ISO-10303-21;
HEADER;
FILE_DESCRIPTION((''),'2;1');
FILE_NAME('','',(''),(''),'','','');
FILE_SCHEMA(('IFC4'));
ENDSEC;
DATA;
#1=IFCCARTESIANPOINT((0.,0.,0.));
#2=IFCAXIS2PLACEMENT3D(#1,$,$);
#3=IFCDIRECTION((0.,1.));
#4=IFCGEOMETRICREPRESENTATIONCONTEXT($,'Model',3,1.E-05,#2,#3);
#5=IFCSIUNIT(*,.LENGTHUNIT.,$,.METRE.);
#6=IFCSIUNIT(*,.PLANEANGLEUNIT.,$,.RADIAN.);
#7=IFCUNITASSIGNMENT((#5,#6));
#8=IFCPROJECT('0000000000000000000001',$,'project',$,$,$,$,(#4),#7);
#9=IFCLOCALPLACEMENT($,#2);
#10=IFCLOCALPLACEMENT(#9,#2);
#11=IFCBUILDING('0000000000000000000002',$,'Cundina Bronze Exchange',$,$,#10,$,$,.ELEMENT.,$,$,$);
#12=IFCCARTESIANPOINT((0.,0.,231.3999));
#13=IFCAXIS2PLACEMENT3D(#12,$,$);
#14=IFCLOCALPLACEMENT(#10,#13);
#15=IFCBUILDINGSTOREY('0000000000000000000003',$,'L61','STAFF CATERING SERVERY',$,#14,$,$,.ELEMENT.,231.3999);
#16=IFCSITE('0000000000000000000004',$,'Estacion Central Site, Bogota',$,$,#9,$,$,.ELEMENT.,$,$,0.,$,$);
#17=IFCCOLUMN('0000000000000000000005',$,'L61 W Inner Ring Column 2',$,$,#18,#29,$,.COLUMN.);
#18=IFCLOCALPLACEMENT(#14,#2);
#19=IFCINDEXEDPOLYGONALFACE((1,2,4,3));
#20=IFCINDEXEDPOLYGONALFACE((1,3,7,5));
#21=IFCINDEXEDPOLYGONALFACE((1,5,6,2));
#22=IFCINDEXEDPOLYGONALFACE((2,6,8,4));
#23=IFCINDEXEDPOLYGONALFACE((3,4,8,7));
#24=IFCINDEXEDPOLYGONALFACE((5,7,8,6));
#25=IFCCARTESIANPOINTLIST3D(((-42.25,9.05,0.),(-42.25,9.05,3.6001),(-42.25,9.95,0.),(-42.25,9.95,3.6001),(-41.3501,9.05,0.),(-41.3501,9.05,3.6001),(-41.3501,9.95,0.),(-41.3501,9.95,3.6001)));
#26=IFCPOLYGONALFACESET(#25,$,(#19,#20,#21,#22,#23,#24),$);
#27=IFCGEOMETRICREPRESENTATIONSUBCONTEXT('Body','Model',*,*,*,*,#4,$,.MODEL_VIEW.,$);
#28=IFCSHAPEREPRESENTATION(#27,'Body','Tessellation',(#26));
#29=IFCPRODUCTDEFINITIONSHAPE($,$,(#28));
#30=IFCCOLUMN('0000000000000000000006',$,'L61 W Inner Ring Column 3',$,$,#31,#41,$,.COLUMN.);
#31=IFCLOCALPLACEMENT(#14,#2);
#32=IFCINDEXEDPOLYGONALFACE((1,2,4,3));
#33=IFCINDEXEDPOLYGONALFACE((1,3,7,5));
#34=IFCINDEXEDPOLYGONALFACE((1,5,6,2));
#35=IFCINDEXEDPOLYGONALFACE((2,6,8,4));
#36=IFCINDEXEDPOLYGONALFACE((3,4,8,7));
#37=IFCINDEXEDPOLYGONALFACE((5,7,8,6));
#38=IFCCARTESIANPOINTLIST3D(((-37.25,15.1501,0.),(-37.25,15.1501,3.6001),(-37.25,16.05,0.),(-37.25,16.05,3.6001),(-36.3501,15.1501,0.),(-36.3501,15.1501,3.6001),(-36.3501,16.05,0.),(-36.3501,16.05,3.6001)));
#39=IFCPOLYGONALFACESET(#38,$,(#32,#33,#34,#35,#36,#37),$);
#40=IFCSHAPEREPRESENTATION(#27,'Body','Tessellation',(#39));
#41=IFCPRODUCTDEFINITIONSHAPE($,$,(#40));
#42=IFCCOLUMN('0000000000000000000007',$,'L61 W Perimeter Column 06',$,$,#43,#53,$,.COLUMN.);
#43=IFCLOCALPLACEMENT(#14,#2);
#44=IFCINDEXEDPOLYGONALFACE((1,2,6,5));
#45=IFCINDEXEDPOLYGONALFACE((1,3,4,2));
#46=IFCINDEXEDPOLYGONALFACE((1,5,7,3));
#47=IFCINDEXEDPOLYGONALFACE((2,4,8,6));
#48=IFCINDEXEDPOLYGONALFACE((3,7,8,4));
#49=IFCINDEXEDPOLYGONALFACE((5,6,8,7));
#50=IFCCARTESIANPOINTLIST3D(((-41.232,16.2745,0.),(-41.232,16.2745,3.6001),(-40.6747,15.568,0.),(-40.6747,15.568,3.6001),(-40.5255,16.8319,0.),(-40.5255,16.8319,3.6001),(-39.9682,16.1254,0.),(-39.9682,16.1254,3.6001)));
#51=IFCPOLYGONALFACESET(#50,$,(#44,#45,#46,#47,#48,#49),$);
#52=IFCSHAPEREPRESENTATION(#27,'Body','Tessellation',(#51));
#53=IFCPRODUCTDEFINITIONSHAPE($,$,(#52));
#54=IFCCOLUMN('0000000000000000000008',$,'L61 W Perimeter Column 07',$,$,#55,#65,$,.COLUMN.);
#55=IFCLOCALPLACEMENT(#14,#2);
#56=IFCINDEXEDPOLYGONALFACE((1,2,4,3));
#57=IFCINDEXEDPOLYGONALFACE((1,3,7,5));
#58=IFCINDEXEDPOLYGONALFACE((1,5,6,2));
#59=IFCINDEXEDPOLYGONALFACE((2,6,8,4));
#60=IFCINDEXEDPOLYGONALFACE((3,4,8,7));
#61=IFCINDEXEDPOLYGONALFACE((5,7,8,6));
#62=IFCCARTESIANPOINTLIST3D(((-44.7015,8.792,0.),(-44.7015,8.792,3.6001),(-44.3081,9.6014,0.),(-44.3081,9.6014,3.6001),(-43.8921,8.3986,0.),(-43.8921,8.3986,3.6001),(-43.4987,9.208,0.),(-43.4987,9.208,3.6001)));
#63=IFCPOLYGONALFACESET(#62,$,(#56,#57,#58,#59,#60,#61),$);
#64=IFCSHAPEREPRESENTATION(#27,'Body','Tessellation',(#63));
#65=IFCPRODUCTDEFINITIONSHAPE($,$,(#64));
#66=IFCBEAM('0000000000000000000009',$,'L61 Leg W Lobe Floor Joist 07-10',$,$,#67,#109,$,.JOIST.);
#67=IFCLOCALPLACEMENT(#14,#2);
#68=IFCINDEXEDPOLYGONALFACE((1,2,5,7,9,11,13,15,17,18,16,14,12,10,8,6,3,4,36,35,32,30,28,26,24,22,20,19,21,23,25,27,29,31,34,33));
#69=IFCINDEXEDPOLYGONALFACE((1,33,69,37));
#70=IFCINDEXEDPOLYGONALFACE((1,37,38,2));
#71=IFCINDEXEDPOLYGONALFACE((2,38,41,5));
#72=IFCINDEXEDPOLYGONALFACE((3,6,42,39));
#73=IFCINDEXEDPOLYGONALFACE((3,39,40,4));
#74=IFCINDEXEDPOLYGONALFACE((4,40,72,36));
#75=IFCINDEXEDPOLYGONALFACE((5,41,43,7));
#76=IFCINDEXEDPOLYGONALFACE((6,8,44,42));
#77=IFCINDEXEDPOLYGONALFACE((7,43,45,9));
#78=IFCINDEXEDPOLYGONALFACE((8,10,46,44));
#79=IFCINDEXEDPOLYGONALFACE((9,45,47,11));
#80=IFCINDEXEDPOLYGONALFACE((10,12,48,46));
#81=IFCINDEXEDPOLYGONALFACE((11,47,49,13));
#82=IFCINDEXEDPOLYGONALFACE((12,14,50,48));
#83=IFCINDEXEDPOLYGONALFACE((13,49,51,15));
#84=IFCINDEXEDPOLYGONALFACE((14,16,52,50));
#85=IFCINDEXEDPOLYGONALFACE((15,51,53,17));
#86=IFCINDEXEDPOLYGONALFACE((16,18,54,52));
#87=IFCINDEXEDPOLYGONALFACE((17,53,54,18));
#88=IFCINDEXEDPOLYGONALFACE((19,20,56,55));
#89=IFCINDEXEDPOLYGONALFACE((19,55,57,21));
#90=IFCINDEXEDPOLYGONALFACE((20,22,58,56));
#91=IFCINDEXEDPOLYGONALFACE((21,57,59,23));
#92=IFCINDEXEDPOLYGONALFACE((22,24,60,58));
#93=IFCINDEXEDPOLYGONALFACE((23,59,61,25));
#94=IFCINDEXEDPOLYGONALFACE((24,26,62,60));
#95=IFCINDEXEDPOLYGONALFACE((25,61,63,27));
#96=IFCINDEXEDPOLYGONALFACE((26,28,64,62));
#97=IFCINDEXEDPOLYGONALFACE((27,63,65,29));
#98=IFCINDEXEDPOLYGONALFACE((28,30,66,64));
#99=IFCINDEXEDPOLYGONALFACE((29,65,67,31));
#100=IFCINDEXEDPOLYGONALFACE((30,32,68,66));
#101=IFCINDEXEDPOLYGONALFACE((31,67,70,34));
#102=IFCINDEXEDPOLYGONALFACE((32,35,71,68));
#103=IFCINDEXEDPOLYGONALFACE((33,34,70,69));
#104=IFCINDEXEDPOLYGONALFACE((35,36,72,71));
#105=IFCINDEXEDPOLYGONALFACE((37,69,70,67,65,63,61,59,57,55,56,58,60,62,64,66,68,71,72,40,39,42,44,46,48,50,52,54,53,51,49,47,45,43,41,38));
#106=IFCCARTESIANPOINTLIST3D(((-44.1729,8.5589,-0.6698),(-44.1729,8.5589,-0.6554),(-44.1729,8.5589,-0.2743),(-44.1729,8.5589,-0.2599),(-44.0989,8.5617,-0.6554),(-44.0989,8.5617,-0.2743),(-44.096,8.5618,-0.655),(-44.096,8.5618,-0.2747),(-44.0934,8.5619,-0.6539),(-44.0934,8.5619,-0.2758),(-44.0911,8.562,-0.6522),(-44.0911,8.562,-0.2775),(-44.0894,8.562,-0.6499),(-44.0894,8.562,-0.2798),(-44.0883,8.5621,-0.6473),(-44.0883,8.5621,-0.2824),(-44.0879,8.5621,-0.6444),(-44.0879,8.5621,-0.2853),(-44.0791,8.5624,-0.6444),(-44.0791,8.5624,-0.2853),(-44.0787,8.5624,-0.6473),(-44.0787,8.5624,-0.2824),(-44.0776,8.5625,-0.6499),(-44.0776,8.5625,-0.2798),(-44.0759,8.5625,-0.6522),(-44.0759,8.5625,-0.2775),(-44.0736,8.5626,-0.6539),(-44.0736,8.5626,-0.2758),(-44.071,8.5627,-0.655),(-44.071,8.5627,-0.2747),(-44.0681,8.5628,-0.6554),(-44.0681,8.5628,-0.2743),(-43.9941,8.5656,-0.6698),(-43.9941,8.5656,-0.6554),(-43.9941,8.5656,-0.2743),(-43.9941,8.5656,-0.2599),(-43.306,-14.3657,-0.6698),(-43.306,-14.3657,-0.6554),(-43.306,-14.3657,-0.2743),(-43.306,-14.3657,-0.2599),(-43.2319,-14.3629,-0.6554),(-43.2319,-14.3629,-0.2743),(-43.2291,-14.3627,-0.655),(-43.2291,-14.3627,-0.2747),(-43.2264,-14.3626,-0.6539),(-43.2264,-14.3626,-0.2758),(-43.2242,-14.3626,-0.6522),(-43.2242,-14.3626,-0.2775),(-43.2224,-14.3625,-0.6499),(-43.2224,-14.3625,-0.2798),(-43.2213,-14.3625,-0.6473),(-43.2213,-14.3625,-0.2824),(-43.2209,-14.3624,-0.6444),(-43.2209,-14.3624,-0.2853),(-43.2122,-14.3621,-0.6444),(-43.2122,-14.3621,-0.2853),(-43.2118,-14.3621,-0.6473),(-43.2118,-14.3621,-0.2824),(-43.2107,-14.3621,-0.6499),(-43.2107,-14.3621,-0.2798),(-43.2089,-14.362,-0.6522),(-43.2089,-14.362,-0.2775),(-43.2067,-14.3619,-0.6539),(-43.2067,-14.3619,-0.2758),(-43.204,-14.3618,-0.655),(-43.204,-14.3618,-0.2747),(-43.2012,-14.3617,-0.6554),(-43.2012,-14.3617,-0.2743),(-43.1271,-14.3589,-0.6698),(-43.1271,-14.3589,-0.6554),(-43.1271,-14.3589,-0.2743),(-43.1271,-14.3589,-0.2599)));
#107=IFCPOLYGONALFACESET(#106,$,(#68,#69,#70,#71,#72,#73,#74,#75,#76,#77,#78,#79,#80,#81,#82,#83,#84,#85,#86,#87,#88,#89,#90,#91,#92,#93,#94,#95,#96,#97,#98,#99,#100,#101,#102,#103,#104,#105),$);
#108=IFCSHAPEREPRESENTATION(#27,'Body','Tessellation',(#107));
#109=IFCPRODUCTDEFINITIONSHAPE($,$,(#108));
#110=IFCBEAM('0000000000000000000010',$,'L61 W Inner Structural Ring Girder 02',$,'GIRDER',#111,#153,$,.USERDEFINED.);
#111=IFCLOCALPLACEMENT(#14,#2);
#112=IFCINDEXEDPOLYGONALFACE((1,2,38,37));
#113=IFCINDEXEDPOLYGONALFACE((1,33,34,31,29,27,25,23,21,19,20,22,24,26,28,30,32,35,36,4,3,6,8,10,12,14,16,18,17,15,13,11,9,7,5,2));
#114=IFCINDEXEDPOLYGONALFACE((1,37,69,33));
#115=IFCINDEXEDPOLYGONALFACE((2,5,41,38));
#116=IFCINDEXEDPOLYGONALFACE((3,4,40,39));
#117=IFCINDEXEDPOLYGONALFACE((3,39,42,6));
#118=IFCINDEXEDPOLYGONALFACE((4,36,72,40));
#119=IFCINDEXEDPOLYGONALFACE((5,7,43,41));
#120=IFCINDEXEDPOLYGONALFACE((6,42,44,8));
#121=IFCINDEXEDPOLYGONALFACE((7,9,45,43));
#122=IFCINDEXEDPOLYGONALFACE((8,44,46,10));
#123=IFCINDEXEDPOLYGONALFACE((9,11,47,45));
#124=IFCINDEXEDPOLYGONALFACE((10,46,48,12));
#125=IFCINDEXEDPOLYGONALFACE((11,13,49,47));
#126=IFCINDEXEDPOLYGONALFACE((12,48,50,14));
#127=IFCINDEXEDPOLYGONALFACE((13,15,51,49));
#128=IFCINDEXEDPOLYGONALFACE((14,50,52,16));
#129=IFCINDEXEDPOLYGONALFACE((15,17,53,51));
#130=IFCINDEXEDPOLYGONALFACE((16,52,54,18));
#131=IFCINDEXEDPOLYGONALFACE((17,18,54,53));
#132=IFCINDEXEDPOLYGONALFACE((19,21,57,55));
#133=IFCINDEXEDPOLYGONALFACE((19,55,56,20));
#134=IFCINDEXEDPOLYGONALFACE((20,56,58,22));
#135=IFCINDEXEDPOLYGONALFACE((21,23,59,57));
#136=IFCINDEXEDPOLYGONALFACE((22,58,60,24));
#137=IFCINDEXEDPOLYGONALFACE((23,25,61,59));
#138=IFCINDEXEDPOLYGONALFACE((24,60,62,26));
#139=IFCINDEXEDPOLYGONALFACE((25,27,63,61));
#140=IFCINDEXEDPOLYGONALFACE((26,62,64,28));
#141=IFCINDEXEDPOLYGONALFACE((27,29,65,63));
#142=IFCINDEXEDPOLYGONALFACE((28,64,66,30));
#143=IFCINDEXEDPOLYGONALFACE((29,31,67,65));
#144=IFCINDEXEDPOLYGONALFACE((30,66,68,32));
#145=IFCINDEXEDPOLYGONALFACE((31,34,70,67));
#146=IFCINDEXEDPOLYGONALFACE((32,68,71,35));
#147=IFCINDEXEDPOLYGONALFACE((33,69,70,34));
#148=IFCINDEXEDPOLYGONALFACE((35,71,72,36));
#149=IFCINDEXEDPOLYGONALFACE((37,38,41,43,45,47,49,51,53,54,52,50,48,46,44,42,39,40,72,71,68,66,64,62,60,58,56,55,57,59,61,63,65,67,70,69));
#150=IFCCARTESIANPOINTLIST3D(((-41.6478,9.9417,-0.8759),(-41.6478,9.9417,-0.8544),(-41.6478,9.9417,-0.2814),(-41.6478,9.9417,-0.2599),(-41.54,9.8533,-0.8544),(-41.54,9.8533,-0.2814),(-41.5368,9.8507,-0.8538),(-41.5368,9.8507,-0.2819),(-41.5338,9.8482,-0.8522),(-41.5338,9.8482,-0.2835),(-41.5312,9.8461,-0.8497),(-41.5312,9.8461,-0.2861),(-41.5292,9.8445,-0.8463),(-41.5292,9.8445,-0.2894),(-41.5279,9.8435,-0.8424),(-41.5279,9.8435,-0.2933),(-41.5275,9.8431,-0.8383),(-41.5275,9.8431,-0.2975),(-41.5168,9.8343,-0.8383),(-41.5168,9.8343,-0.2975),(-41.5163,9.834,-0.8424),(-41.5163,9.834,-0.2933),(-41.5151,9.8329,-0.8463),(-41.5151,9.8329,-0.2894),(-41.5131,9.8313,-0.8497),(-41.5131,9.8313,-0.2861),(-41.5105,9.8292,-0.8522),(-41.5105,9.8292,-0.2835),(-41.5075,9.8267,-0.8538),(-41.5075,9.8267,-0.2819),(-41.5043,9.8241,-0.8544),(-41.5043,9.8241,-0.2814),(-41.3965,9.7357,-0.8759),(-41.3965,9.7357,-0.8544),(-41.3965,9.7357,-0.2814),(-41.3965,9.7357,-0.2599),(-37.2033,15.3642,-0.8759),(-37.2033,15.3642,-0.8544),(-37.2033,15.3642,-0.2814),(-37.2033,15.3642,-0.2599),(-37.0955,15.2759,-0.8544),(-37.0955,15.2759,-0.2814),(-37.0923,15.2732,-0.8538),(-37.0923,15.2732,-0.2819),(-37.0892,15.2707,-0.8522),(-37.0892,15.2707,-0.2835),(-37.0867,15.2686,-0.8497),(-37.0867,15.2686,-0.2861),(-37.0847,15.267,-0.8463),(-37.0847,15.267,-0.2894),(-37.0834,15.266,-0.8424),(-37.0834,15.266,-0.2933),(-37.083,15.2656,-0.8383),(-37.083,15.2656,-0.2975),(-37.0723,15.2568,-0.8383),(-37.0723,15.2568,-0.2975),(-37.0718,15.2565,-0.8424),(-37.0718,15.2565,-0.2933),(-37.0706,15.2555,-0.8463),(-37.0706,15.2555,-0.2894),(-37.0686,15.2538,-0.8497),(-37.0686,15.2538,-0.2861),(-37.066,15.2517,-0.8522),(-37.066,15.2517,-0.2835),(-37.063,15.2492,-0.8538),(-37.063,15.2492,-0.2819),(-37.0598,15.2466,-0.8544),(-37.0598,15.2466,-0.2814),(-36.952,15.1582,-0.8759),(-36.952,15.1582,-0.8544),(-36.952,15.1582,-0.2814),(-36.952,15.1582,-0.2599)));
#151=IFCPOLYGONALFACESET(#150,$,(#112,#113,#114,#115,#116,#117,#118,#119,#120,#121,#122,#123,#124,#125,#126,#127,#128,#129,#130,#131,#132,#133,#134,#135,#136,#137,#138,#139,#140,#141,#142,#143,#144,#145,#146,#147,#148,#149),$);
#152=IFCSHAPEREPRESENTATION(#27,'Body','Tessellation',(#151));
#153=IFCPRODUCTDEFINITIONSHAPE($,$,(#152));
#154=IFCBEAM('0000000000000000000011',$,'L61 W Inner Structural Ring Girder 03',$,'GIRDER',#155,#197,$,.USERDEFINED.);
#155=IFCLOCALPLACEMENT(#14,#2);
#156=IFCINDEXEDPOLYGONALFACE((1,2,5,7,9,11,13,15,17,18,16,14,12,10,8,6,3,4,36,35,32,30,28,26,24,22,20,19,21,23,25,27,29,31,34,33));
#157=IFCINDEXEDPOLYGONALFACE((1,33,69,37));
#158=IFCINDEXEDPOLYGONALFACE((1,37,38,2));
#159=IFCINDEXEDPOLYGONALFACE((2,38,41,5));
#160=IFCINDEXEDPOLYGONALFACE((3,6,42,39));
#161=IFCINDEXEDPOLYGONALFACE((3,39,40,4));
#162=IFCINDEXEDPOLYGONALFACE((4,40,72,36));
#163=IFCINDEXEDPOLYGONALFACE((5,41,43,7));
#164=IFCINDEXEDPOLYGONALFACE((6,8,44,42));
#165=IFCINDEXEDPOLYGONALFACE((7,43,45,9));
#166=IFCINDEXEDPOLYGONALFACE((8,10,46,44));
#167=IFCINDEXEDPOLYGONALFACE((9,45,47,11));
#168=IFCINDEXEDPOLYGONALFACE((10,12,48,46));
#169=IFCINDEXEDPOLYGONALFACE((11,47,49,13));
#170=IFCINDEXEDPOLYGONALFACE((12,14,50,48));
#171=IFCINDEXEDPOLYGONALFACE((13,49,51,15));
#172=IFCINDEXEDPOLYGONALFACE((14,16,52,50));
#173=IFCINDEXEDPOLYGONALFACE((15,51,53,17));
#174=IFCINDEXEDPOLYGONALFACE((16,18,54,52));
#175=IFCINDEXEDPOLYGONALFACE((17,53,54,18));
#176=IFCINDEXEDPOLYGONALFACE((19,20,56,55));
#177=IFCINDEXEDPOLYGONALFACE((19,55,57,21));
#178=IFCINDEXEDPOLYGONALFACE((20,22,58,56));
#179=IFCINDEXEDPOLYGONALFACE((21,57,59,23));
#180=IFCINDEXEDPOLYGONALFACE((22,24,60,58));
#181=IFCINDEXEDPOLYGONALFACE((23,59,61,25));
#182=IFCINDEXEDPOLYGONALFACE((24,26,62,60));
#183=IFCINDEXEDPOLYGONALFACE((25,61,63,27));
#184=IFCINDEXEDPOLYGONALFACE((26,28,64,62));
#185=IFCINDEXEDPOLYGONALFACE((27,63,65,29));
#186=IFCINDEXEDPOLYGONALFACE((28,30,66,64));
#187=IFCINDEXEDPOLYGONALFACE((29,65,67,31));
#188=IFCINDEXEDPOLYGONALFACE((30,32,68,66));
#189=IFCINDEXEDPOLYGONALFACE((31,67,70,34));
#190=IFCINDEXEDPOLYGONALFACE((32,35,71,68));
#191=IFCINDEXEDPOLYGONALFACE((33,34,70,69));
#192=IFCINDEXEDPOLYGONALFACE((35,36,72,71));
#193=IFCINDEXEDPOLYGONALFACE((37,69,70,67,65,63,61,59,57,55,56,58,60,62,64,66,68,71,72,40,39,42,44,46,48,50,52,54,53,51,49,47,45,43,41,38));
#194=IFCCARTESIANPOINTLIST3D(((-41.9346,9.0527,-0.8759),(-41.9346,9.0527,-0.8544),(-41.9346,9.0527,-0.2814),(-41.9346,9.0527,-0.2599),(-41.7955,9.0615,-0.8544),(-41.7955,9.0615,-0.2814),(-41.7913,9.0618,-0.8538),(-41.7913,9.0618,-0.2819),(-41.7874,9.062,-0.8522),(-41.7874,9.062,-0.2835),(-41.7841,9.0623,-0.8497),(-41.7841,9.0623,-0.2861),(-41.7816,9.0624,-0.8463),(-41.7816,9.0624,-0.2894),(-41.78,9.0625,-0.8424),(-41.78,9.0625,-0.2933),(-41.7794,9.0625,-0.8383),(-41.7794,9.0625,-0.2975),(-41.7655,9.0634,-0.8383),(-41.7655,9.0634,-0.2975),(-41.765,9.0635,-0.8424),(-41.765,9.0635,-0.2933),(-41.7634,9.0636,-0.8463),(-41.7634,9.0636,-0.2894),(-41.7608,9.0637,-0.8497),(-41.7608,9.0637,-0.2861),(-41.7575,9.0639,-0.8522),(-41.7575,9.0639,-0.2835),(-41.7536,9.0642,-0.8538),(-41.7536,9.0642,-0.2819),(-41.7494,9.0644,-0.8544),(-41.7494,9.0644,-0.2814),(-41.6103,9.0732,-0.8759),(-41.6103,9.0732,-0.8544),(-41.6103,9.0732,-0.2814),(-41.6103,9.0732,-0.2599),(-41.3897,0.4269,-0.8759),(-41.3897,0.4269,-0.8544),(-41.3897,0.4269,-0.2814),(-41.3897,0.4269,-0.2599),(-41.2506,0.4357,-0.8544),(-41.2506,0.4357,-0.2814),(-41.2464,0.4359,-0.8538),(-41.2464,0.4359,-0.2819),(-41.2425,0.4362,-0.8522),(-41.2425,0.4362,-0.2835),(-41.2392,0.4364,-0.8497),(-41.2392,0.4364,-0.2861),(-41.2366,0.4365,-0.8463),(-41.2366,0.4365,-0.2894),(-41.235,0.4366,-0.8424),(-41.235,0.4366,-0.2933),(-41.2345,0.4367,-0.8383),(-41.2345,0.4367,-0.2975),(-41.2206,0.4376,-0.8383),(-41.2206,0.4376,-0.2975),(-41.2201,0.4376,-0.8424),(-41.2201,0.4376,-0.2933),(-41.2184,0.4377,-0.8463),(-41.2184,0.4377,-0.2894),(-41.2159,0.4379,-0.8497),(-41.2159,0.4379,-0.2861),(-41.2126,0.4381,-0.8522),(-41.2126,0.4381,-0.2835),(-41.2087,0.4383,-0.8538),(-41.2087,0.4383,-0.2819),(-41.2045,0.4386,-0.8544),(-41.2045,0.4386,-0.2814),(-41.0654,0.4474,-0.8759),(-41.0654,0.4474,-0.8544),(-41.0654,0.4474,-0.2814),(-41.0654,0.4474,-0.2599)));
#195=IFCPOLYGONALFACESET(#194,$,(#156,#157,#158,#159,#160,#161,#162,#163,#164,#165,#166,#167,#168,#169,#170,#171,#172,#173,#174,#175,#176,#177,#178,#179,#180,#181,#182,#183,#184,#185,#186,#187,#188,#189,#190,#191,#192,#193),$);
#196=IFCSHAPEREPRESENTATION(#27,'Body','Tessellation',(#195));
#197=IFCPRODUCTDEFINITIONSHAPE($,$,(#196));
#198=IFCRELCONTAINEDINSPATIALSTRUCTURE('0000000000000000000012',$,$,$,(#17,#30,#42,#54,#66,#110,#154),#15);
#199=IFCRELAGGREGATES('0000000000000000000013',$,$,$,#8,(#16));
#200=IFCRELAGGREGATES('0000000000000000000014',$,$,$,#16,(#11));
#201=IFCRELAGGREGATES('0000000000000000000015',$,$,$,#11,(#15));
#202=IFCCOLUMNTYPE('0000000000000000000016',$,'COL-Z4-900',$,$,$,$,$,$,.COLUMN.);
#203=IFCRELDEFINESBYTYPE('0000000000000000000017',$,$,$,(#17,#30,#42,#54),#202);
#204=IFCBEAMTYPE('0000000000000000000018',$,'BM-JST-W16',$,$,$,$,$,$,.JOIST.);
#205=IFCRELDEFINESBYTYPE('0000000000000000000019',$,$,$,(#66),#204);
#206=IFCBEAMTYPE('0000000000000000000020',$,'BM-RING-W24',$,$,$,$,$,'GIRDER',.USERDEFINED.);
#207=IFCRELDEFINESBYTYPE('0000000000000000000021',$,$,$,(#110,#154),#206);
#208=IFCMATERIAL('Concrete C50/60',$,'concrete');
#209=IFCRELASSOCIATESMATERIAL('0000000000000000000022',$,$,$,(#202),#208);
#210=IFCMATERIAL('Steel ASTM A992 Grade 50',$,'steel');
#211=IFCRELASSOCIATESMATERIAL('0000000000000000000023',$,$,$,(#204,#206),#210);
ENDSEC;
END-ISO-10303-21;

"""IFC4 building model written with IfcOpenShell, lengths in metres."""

from ifc_helpers import new_model, si_unit, direction, frame, origin, origin_2d, place, context, subcontext, project, spatial, rectangle, i_section, extrude, material, material_profile, profile_set, type_object, element, save


model = new_model("IFC4")

# Units and contexts
model_context = context("Model", 3, precision=1e-05, world=origin(), true_north=direction((0.0, 1.0)))
body_context = subcontext(model_context, "Body", "Model", "MODEL_VIEW")
ifc_project = project(units=[si_unit("LENGTHUNIT", "METRE"), si_unit("PLANEANGLEUNIT", "RADIAN")], contexts=[model_context])

# Site, building, storey
site_placement = place(None, origin())
site = spatial("IfcSite", under=ifc_project, at=site_placement, Name="Estacion Central Site, Bogota", CompositionType="ELEMENT", RefElevation=0.0)
building_placement = place(site_placement, origin())
building = spatial("IfcBuilding", under=site, at=building_placement, Name="Cundina Bronze Exchange", CompositionType="ELEMENT")
storey_placement = place(building_placement, frame((0.0, 0.0, 231.3999)))
storey = spatial("IfcBuildingStorey", under=building, at=storey_placement, Name="L61", Description="STAFF CATERING SERVERY", CompositionType="ELEMENT", Elevation=231.3999)

# Columns
ifc_material_1 = material(Name="Concrete C50/60", Category="concrete")
ifc_material_profile_1 = material_profile(ifc_material_1, rectangle(XDim=0.8999, YDim=0.8999, at=origin_2d()), Name="RC900X900", Category="concrete")
ifc_profile_set_1 = profile_set([ifc_material_profile_1], Name="Concrete C50/60")
column_type = type_object("IfcColumnType", Name="COL-Z4-900", PredefinedType="COLUMN", material=ifc_profile_set_1)
for number, where, z_axis, x_axis, name in (
    (1, (-41.8, 9.5, 0.0), (0.0, 0.0, 1.0), (1.0, 0.0, 0.0), "L61 W Inner Ring Column 2"),
    (2, (-36.8, 15.6001, 0.0), (0.0, 0.0, 1.0), (1.0, 0.0, 0.0), "L61 W Inner Ring Column 3"),
    (3, (-40.6001, 16.2, 0.0), (0.0, 0.0, 1.0), (-0.785101, -0.619368, 0.0), "L61 W Perimeter Column 06"),
    (4, (-44.1001, 9.0, 0.0), (0.0, 0.0, 1.0), (-0.437116, -0.899405, 0.0), "L61 W Perimeter Column 07"),
):
    element("IfcColumn", number, at=place(storey_placement, frame(where, z_axis=z_axis, x_axis=x_axis)), inside=storey, type_object=column_type, Name=name, PredefinedType="COLUMN", context=body_context, shape_type="SweptSolid", body=[
        extrude(rectangle(XDim=0.8999, YDim=0.8999, at=origin_2d()), origin(), (0.0, 0.0, 1.0), 3.6001),
    ])

# Beams
ifc_material_2 = material(Name="Steel ASTM A992 Grade 50", Category="steel")
ifc_material_profile_2 = material_profile(ifc_material_2, i_section(OverallWidth=0.179, OverallDepth=0.4099, WebThickness=0.0088, FlangeThickness=0.0144, FilletRadius=0.011, at=origin_2d()), Name="W16X45", Category="steel")
ifc_profile_set_2 = profile_set([ifc_material_profile_2], Name="Steel ASTM A992 Grade 50")
beam_type_1 = type_object("IfcBeamType", Name="BM-JST-W16", PredefinedType="JOIST", material=ifc_profile_set_2)
beam_1_placement = place(storey_placement, frame((-44.0835, 8.5623, -0.4648), z_axis=(0.03779, -0.999286, 0.0), x_axis=(0.999286, 0.03779, 0.0)))
element("IfcBeam", 5, at=beam_1_placement, inside=storey, type_object=beam_type_1, Name="L61 Leg W Lobe Floor Joist 07-10", PredefinedType="JOIST", context=body_context, shape_type="SweptSolid", body=[
    extrude(i_section(OverallWidth=0.179, OverallDepth=0.4099, WebThickness=0.0088, FlangeThickness=0.0144, FilletRadius=0.011, at=origin_2d()), origin(), (0.0, 0.0, 1.0), 22.9409),
])
ifc_material_profile_3 = material_profile(ifc_material_2, i_section(OverallWidth=0.325, OverallDepth=0.616, WebThickness=0.0139, FlangeThickness=0.0215, FilletRadius=0.0161, at=origin_2d()), Name="W24X117", Category="steel")
ifc_profile_set_3 = profile_set([ifc_material_profile_3], Name="Steel ASTM A992 Grade 50")
beam_type_2 = type_object("IfcBeamType", Name="BM-RING-W24", ElementType="GIRDER", PredefinedType="USERDEFINED", material=ifc_profile_set_3)
beam_2_placement = place(storey_placement, frame((-37.0776, 15.2612, -0.5679), z_axis=(-0.633913, -0.773405, 0.0), x_axis=(0.773405, -0.633913, 0.0)))
element("IfcBeam", 6, at=beam_2_placement, inside=storey, type_object=beam_type_2, Name="L61 W Inner Structural Ring Girder 02", ObjectType="GIRDER", PredefinedType="USERDEFINED", context=body_context, shape_type="SweptSolid", body=[
    extrude(i_section(OverallWidth=0.325, OverallDepth=0.616, WebThickness=0.0139, FlangeThickness=0.0215, FilletRadius=0.0161, at=origin_2d()), origin(), (0.0, 0.0, 1.0), 7.0112),
])
beam_3_placement = place(storey_placement, frame((-41.7725, 9.063, -0.5679), z_axis=(0.063047, -0.998011, 0.0), x_axis=(0.998011, 0.063047, 0.0)))
element("IfcBeam", 7, at=beam_3_placement, inside=storey, type_object=beam_type_2, Name="L61 W Inner Structural Ring Girder 03", ObjectType="GIRDER", PredefinedType="USERDEFINED", context=body_context, shape_type="SweptSolid", body=[
    extrude(i_section(OverallWidth=0.325, OverallDepth=0.616, WebThickness=0.0139, FlangeThickness=0.0215, FilletRadius=0.0161, at=origin_2d()), origin(), (0.0, 0.0, 1.0), 8.6431),
])

save(model, "model.ifc")
